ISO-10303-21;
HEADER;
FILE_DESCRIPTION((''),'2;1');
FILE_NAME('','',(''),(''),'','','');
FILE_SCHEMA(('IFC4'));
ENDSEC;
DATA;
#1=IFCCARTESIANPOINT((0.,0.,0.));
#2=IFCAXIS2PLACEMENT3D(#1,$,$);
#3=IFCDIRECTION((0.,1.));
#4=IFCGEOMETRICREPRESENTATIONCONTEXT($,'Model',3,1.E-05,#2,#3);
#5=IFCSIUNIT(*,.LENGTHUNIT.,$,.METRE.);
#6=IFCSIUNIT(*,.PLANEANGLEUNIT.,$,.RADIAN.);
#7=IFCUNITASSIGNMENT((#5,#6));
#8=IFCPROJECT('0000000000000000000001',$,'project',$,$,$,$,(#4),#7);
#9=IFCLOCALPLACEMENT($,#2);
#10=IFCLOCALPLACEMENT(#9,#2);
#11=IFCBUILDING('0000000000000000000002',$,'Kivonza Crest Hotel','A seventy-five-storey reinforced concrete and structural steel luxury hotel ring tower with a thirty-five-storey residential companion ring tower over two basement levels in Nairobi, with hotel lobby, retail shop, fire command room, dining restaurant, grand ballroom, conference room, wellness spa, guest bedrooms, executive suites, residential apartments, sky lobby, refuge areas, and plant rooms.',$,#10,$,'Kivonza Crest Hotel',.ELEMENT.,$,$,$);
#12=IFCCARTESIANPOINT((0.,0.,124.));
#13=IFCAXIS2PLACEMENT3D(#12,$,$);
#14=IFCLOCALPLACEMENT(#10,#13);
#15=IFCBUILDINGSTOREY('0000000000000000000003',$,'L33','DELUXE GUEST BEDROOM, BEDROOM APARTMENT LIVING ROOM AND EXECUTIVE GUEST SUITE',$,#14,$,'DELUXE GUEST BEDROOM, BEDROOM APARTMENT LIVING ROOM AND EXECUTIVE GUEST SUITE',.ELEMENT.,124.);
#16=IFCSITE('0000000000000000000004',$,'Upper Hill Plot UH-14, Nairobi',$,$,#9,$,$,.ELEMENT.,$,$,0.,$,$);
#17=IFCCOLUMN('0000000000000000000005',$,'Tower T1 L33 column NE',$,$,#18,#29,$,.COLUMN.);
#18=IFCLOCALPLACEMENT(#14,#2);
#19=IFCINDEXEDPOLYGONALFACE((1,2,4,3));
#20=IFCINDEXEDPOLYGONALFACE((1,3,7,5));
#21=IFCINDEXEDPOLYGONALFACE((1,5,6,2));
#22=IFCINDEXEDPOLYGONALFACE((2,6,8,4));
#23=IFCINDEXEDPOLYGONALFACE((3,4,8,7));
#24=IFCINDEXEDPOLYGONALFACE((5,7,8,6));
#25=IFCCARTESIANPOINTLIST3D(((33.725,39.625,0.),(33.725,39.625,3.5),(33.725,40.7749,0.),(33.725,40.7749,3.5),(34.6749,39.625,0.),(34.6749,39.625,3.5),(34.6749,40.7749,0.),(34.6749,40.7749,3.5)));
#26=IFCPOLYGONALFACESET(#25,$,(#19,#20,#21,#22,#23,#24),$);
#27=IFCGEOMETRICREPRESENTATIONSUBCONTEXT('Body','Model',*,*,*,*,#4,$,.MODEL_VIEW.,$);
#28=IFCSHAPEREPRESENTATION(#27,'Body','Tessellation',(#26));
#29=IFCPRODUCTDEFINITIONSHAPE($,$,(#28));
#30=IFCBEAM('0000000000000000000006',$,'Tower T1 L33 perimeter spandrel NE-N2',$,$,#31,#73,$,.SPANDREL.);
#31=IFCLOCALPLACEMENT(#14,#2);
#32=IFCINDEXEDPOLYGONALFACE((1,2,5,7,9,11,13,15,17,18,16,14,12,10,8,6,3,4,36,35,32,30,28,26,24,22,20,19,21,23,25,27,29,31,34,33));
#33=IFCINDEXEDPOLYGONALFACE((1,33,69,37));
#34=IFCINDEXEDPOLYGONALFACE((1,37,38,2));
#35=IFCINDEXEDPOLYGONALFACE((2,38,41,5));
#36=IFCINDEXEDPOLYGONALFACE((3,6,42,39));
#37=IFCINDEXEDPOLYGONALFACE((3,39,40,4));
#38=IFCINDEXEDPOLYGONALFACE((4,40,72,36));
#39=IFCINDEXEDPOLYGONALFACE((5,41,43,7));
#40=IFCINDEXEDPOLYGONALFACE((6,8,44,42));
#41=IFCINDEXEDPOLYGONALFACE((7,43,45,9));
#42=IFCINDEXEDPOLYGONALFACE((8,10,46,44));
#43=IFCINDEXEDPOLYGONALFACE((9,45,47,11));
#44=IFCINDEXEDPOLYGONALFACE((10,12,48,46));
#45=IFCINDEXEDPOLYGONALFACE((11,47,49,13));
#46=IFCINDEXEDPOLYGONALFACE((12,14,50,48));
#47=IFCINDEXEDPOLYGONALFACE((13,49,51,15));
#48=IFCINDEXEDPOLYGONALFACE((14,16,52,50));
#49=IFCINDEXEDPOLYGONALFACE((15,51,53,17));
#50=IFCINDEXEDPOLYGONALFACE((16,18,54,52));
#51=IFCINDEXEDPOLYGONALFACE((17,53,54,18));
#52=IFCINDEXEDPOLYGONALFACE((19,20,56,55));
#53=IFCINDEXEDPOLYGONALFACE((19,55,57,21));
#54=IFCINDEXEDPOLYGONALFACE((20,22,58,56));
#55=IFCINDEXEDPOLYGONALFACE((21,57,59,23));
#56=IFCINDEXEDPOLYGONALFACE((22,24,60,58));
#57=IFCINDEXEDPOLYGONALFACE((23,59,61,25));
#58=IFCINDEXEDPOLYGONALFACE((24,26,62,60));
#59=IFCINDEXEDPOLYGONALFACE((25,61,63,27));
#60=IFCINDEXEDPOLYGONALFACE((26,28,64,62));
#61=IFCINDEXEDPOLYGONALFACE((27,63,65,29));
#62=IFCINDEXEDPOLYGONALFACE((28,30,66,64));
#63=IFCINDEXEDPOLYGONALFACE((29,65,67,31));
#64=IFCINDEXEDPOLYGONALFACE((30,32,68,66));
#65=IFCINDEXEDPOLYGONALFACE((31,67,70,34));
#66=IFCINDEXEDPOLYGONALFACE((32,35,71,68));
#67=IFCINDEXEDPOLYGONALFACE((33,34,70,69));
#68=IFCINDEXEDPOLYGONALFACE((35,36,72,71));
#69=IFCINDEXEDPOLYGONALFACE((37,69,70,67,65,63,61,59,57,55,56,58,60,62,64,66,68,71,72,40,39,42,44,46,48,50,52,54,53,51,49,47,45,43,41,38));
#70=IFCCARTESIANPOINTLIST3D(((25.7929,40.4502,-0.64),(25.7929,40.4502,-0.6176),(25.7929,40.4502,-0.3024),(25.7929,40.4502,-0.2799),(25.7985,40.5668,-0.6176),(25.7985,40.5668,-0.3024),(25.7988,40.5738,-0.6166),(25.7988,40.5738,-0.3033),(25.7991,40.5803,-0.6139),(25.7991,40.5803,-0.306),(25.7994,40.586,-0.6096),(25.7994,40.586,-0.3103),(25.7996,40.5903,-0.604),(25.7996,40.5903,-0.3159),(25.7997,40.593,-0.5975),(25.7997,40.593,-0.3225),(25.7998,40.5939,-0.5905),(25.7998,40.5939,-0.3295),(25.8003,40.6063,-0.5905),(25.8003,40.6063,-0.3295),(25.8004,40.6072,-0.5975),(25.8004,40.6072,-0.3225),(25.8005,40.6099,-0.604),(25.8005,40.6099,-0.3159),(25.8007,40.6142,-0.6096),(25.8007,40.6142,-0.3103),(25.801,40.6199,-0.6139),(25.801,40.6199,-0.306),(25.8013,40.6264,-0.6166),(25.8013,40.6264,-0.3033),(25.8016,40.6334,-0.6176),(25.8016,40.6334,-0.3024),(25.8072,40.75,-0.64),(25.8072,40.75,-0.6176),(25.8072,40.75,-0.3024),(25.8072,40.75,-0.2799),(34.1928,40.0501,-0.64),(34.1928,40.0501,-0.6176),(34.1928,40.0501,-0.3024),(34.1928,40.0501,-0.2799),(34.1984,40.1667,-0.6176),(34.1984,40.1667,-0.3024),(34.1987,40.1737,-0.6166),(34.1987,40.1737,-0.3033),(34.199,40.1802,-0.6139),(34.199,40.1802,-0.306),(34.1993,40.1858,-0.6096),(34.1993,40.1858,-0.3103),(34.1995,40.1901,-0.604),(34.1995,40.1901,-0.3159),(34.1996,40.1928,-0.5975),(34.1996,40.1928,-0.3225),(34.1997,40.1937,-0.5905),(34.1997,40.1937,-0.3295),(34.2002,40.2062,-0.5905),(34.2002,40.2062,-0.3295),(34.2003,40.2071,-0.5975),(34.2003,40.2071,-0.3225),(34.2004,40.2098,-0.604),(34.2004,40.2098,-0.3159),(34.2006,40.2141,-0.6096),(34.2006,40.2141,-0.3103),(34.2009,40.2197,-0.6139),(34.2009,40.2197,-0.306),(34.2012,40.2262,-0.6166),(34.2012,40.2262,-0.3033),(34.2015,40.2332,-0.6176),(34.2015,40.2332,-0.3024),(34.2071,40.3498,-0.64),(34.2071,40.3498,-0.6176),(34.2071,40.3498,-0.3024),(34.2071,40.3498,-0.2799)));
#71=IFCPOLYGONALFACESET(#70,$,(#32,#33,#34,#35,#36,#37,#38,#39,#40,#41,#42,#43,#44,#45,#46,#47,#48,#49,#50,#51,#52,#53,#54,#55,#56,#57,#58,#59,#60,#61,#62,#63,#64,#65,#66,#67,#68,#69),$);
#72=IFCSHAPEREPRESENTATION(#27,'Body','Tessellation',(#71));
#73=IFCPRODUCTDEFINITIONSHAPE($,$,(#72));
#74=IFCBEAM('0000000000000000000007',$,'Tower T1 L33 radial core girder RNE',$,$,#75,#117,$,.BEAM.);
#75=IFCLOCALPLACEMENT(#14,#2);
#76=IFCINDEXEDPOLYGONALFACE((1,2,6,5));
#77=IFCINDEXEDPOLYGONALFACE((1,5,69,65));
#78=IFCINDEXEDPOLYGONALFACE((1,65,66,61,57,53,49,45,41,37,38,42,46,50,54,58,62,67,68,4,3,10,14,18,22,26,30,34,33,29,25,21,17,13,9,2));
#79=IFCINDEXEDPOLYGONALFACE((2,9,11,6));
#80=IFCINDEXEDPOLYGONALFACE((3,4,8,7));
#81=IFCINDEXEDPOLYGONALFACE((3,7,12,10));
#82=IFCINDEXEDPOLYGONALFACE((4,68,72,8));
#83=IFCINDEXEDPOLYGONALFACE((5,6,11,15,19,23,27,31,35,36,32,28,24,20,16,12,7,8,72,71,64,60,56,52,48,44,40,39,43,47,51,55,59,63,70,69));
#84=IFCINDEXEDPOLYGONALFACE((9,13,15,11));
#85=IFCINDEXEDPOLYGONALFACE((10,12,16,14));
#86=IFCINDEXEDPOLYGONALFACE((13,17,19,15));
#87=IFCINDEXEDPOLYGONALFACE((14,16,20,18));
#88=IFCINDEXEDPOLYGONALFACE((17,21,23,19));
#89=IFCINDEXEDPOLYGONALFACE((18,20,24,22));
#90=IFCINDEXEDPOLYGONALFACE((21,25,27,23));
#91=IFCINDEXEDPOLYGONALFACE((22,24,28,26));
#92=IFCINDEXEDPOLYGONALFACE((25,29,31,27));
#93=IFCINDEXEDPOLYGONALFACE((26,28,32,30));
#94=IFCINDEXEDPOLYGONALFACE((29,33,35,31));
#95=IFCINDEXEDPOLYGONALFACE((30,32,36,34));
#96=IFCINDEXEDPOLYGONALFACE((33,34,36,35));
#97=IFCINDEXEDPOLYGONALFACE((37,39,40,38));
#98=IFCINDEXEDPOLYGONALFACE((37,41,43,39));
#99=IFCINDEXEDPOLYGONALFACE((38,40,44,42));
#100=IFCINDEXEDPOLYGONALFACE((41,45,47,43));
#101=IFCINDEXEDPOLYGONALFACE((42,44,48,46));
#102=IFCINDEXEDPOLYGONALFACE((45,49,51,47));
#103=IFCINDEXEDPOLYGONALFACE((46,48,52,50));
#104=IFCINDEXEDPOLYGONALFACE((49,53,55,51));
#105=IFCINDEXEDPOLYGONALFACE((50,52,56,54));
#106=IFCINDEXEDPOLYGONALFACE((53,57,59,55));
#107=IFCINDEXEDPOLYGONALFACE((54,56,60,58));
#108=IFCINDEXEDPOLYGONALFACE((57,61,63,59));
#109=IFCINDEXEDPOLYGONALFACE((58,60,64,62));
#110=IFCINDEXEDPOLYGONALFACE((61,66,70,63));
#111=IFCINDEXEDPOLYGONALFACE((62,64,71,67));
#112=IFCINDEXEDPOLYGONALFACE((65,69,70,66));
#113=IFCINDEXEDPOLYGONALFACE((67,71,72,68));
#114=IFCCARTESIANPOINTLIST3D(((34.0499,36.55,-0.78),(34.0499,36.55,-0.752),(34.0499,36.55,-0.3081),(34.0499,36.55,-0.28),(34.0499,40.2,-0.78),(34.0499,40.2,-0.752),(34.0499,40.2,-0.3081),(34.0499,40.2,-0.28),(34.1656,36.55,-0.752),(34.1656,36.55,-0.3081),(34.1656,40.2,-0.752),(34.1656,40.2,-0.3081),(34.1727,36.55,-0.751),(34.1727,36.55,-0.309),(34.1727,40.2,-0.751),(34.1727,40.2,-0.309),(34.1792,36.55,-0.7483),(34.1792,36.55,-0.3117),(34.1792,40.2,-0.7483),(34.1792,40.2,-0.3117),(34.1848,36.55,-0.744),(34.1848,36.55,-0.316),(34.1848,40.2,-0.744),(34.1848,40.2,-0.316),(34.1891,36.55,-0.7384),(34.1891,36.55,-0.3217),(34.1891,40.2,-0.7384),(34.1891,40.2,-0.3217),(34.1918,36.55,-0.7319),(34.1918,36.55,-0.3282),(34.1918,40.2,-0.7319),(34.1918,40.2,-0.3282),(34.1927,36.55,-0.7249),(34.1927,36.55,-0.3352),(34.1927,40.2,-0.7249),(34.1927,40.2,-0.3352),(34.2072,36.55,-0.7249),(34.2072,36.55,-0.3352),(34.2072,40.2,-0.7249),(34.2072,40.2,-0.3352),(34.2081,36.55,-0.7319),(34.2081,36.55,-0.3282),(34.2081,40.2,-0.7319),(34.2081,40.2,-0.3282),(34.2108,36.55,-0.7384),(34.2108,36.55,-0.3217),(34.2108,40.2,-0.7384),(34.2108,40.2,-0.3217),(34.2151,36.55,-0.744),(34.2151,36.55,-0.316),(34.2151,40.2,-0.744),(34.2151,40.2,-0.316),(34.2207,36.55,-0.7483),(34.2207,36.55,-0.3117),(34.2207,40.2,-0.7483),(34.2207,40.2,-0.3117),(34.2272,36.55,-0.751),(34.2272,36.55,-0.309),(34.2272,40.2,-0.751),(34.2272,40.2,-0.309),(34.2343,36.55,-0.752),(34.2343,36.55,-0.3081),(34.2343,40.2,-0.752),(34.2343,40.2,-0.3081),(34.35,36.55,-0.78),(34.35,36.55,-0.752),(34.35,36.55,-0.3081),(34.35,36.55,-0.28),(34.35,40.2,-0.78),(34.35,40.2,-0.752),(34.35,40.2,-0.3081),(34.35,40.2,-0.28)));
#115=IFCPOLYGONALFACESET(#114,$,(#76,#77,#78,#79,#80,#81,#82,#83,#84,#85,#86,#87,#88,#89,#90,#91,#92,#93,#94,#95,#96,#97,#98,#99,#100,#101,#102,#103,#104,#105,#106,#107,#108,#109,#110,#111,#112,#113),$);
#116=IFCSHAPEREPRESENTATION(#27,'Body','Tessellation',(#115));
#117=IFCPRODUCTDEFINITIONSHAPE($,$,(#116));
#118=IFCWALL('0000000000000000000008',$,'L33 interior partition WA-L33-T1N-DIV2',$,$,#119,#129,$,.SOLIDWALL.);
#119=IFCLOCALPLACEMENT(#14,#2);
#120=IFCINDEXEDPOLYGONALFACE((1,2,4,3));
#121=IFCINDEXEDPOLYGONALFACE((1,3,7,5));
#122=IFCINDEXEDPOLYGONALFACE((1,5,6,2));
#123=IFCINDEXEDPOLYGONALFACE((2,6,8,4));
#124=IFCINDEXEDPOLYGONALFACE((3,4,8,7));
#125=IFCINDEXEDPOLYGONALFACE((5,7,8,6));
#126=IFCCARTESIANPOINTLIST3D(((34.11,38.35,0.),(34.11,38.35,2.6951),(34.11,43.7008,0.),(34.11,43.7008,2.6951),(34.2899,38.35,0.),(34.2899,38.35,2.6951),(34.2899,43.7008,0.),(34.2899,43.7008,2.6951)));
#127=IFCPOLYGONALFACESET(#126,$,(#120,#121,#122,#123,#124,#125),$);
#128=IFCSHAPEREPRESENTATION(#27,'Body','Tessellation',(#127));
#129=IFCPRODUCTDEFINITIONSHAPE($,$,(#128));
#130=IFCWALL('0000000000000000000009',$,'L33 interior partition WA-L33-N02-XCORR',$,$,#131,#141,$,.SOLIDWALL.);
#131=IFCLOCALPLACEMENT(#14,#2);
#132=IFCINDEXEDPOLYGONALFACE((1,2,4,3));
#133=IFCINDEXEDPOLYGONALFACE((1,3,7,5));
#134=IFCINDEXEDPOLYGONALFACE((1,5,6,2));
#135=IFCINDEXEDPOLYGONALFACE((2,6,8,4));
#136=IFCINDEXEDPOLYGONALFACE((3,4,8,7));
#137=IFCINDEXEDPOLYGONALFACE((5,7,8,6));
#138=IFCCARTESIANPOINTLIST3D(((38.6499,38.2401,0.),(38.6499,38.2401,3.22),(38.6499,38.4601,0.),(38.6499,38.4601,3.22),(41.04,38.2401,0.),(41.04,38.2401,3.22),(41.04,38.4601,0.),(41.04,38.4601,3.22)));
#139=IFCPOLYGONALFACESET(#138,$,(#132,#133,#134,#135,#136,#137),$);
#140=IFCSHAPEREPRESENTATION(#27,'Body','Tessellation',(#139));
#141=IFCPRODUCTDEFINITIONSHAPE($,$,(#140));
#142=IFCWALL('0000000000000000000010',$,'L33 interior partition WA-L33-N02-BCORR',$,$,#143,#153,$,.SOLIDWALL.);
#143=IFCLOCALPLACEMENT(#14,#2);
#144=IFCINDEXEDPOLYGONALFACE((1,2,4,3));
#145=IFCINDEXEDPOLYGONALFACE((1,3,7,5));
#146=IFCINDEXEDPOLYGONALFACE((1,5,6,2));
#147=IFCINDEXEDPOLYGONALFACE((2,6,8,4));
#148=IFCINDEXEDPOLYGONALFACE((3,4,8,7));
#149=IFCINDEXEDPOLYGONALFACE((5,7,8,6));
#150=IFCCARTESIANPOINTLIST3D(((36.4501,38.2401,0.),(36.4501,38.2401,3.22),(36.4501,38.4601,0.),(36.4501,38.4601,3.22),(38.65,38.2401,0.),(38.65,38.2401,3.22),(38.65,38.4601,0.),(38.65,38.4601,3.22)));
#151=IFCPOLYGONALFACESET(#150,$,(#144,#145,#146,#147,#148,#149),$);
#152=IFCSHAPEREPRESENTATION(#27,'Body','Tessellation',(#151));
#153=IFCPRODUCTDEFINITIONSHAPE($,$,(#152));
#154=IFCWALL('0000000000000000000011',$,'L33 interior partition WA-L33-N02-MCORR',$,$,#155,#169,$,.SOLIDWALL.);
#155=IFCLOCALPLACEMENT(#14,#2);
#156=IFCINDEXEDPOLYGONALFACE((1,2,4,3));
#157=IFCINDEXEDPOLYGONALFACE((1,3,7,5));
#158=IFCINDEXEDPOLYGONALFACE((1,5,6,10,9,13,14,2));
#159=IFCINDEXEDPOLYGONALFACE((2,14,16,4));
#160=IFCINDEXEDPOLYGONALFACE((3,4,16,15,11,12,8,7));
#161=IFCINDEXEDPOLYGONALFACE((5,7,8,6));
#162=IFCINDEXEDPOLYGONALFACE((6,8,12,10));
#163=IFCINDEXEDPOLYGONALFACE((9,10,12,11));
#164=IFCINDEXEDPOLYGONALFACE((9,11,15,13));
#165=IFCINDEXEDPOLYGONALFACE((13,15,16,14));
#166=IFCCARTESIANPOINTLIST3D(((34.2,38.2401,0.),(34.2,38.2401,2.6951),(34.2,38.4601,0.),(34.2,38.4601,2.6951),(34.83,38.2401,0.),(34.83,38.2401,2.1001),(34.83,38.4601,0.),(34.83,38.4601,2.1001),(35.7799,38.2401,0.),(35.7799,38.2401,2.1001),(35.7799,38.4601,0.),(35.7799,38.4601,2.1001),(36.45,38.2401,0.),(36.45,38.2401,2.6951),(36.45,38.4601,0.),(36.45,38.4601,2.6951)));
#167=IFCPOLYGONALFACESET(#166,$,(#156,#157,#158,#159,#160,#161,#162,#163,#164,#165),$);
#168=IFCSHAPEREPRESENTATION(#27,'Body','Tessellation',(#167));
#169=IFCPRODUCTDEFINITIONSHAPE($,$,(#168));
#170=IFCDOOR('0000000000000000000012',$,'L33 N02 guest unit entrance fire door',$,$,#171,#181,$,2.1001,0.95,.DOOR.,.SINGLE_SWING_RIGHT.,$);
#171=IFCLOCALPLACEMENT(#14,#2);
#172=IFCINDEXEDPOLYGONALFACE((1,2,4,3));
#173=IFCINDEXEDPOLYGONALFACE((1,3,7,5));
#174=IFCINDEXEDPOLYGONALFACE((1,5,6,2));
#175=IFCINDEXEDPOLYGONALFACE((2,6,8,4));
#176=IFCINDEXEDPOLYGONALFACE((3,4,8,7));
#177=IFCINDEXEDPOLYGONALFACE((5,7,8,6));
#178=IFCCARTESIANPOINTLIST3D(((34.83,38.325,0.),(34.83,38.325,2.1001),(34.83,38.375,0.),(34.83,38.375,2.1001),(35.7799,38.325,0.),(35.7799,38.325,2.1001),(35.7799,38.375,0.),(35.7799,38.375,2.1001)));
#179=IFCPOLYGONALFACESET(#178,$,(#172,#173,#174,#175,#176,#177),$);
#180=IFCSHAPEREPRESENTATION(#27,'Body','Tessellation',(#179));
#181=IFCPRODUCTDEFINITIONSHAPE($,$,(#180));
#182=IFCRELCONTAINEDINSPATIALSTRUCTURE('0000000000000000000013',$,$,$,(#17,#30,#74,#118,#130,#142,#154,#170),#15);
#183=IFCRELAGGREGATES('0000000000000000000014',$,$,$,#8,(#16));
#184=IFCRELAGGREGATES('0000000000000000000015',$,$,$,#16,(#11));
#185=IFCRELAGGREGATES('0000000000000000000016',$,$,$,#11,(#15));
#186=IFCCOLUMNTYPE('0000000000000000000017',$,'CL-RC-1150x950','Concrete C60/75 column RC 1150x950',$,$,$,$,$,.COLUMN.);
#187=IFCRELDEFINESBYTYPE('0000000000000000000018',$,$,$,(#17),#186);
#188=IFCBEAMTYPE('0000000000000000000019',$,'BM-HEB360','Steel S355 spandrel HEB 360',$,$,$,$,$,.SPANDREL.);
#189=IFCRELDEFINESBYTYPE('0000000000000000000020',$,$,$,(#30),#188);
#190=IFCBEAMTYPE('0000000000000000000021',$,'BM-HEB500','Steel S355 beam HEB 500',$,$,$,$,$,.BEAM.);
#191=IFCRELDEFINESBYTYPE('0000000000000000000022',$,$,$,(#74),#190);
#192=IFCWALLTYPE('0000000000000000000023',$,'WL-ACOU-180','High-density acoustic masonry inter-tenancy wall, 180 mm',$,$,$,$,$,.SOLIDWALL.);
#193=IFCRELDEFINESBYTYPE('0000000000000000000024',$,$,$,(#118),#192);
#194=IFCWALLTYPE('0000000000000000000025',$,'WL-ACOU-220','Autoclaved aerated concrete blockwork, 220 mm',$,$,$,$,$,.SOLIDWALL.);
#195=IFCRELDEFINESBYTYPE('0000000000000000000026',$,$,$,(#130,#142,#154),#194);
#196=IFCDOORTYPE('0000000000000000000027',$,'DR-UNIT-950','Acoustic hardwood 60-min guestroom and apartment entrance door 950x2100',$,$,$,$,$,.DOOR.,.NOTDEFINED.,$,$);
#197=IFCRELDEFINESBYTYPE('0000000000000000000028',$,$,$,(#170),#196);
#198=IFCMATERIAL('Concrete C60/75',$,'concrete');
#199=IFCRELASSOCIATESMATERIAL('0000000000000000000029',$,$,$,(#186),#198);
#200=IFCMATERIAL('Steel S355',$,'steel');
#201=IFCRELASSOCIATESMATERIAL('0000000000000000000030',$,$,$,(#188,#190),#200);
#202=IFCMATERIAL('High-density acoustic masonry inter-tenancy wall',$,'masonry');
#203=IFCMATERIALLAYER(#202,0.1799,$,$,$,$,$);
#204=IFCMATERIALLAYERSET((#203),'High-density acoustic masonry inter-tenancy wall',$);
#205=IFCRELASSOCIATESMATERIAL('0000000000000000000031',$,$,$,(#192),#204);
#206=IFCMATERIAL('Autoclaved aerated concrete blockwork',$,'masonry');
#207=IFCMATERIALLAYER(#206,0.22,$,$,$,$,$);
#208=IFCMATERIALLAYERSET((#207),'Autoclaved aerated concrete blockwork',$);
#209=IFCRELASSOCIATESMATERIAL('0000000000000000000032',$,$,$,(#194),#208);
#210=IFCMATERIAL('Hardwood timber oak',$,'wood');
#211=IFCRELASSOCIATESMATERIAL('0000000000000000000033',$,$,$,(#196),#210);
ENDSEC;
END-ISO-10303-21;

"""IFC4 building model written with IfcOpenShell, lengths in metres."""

from ifc_helpers import new_model, si_unit, direction, frame, frame_2d, origin, origin_2d, place, context, subcontext, project, spatial, rectangle, i_section, extrude, material, layer, layer_set, material_profile, profile_set, type_object, element, fill, save


model = new_model("IFC4")

# Units and contexts
model_context = context("Model", 3, precision=1e-05, world=origin(), true_north=direction((0.0, 1.0)))
body_context = subcontext(model_context, "Body", "Model", "MODEL_VIEW")
ifc_project = project(units=[si_unit("LENGTHUNIT", "METRE"), si_unit("PLANEANGLEUNIT", "RADIAN")], contexts=[model_context])

# Site, building, storey
site_placement = place(None, origin())
site = spatial("IfcSite", under=ifc_project, at=site_placement, Name="Upper Hill Plot UH-14, Nairobi", CompositionType="ELEMENT", RefElevation=0.0)
building_placement = place(site_placement, origin())
building = spatial("IfcBuilding", under=site, at=building_placement, Name="Kivonza Crest Hotel", Description="A seventy-five-storey reinforced concrete and structural steel luxury hotel ring tower with a thirty-five-storey residential companion ring tower over two basement levels in Nairobi, with hotel lobby, retail shop, fire command room, dining restaurant, grand ballroom, conference room, wellness spa, guest bedrooms, executive suites, residential apartments, sky lobby, refuge areas, and plant rooms.", LongName="Kivonza Crest Hotel", CompositionType="ELEMENT")
storey_placement = place(building_placement, frame((0.0, 0.0, 124.0)))
storey = spatial("IfcBuildingStorey", under=building, at=storey_placement, Name="L33", Description="DELUXE GUEST BEDROOM, BEDROOM APARTMENT LIVING ROOM AND EXECUTIVE GUEST SUITE", LongName="DELUXE GUEST BEDROOM, BEDROOM APARTMENT LIVING ROOM AND EXECUTIVE GUEST SUITE", CompositionType="ELEMENT", Elevation=124.0)

# Column
ifc_material_1 = material(Name="Concrete C60/75", Category="concrete")
ifc_material_profile_1 = material_profile(ifc_material_1, rectangle(XDim=0.95, YDim=1.1499, at=origin_2d()), Name="RC 1150x950")
ifc_profile_set_1 = profile_set([ifc_material_profile_1], Name="Concrete C60/75")
column_type = type_object("IfcColumnType", Name="CL-RC-1150x950", Description="Concrete C60/75 column RC 1150x950", PredefinedType="COLUMN", material=ifc_profile_set_1)
column_placement = place(storey_placement, frame((34.2, 40.2, 0.0), z_axis=(0.0, 0.0, 1.0), x_axis=(1.0, 0.0, 0.0)))
element("IfcColumn", 1, at=column_placement, inside=storey, type_object=column_type, Name="Tower T1 L33 column NE", PredefinedType="COLUMN", context=body_context, shape_type="SweptSolid", body=[
    extrude(rectangle(XDim=0.95, YDim=1.1499, at=origin_2d()), origin(), (0.0, 0.0, 1.0), 3.5),
])

# Beams
ifc_material_2 = material(Name="Steel S355", Category="steel")
ifc_material_profile_2 = material_profile(ifc_material_2, i_section(OverallWidth=0.3, OverallDepth=0.3601, WebThickness=0.0125, FlangeThickness=0.0225, FilletRadius=0.0271, at=origin_2d()), Name="HEB 360")
ifc_profile_set_2 = profile_set([ifc_material_profile_2], Name="Steel S355")
beam_type_1 = type_object("IfcBeamType", Name="BM-HEB360", Description="Steel S355 spandrel HEB 360", PredefinedType="SPANDREL", material=ifc_profile_set_2)
beam_1_placement = place(storey_placement, frame((34.2, 40.2, -0.46), z_axis=(-0.998867, 0.047583, 0.0), x_axis=(-0.047583, -0.998867, 0.0)))
element("IfcBeam", 2, at=beam_1_placement, inside=storey, type_object=beam_type_1, Name="Tower T1 L33 perimeter spandrel NE-N2", PredefinedType="SPANDREL", context=body_context, shape_type="SweptSolid", body=[
    extrude(i_section(OverallWidth=0.3, OverallDepth=0.3601, WebThickness=0.0125, FlangeThickness=0.0225, FilletRadius=0.0271, at=origin_2d()), origin(), (0.0, 0.0, 1.0), 8.4094),
])
ifc_material_profile_3 = material_profile(ifc_material_2, i_section(OverallWidth=0.3, OverallDepth=0.5, WebThickness=0.0144, FlangeThickness=0.0281, FilletRadius=0.0271, at=origin_2d()), Name="HEB 500")
ifc_profile_set_3 = profile_set([ifc_material_profile_3], Name="Steel S355")
beam_type_2 = type_object("IfcBeamType", Name="BM-HEB500", Description="Steel S355 beam HEB 500", PredefinedType="BEAM", material=ifc_profile_set_3)
beam_2_placement = place(storey_placement, frame((34.2, 40.2, -0.53), z_axis=(0.0, -1.0, 0.0), x_axis=(1.0, 0.0, 0.0)))
element("IfcBeam", 3, at=beam_2_placement, inside=storey, type_object=beam_type_2, Name="Tower T1 L33 radial core girder RNE", PredefinedType="BEAM", context=body_context, shape_type="SweptSolid", body=[
    extrude(i_section(OverallWidth=0.3, OverallDepth=0.5, WebThickness=0.0144, FlangeThickness=0.0281, FilletRadius=0.0271, at=origin_2d()), origin(), (0.0, 0.0, 1.0), 3.6499),
])

# Walls
ifc_material_3 = material(Name="High-density acoustic masonry inter-tenancy wall", Category="masonry")
ifc_layer_1 = layer(ifc_material_3, 0.1799)
ifc_layer_set_1 = layer_set([ifc_layer_1], Name="High-density acoustic masonry inter-tenancy wall")
wall_type_1 = type_object("IfcWallType", Name="WL-ACOU-180", Description="High-density acoustic masonry inter-tenancy wall, 180 mm", PredefinedType="SOLIDWALL", material=ifc_layer_set_1)
wall_1_placement = place(storey_placement, frame((34.2, 38.3501, 0.0), z_axis=(0.0, 0.0, 1.0), x_axis=(0.0, 1.0, 0.0)))
element("IfcWall", 4, at=wall_1_placement, inside=storey, type_object=wall_type_1, Name="L33 interior partition WA-L33-T1N-DIV2", PredefinedType="SOLIDWALL", context=body_context, shape_type="SweptSolid", body=[
    extrude(rectangle(XDim=5.3508, YDim=0.1799, at=frame_2d((2.6753, 0.0))), origin(), (0.0, 0.0, 1.0), 2.6951),
])
ifc_material_4 = material(Name="Autoclaved aerated concrete blockwork", Category="masonry")
ifc_layer_2 = layer(ifc_material_4, 0.22)
ifc_layer_set_2 = layer_set([ifc_layer_2], Name="Autoclaved aerated concrete blockwork")
wall_type_2 = type_object("IfcWallType", Name="WL-ACOU-220", Description="Autoclaved aerated concrete blockwork, 220 mm", PredefinedType="SOLIDWALL", material=ifc_layer_set_2)
wall_2_placement = place(storey_placement, frame((38.6499, 38.3501, 0.0), z_axis=(0.0, 0.0, 1.0), x_axis=(1.0, 0.0, 0.0)))
element("IfcWall", 5, at=wall_2_placement, inside=storey, type_object=wall_type_2, Name="L33 interior partition WA-L33-N02-XCORR", PredefinedType="SOLIDWALL", context=body_context, shape_type="SweptSolid", body=[
    extrude(rectangle(XDim=2.3901, YDim=0.22, at=frame_2d((1.1951, 0.0))), origin(), (0.0, 0.0, 1.0), 3.22),
])
wall_3_placement = place(storey_placement, frame((36.45, 38.3501, 0.0), z_axis=(0.0, 0.0, 1.0), x_axis=(1.0, 0.0, 0.0)))
element("IfcWall", 6, at=wall_3_placement, inside=storey, type_object=wall_type_2, Name="L33 interior partition WA-L33-N02-BCORR", PredefinedType="SOLIDWALL", context=body_context, shape_type="SweptSolid", body=[
    extrude(rectangle(XDim=2.2, YDim=0.22, at=frame_2d((1.1001, 0.0))), origin(), (0.0, 0.0, 1.0), 3.22),
])

# Wall, opening, door
wall_4_placement = place(storey_placement, frame((34.2, 38.3501, 0.0), z_axis=(0.0, 0.0, 1.0), x_axis=(1.0, 0.0, 0.0)))
wall_4 = element("IfcWall", 7, at=wall_4_placement, inside=storey, type_object=wall_type_2, Name="L33 interior partition WA-L33-N02-MCORR", PredefinedType="SOLIDWALL", context=body_context, shape_type="SweptSolid", body=[
    extrude(rectangle(XDim=2.25, YDim=0.22, at=frame_2d((1.125, 0.0))), origin(), (0.0, 0.0, 1.0), 2.6951),
])
opening_1_placement = place(wall_4_placement, frame((0.6299, 0.0, 0.0)))
opening_1 = element("IfcOpeningElement", 8, at=opening_1_placement, cuts=wall_4, PredefinedType="OPENING", context=body_context, shape_type="SweptSolid", body=[
    extrude(rectangle(XDim=0.95, YDim=2.1001, at=frame_2d((0.4751, 1.05))), frame((0.0, 0.1201, 0.0), z_axis=(0.0, -1.0, 0.0), x_axis=(1.0, 0.0, 0.0)), (0.0, 0.0, 1.0), 0.24),
])
ifc_material_5 = material(Name="Hardwood timber oak", Category="wood")
door_type_1 = type_object("IfcDoorType", Name="DR-UNIT-950", Description="Acoustic hardwood 60-min guestroom and apartment entrance door 950x2100", OperationType="NOTDEFINED", PredefinedType="DOOR", material=ifc_material_5)
door_1_placement = place(opening_1_placement, origin())
door_1 = element("IfcDoor", 9, at=door_1_placement, inside=storey, type_object=door_type_1, Name="L33 N02 guest unit entrance fire door", OperationType="SINGLE_SWING_RIGHT", OverallHeight=2.1001, OverallWidth=0.95, PredefinedType="DOOR", context=body_context, shape_type="SweptSolid", body=[
    extrude(rectangle(XDim=0.95, YDim=2.1001, at=frame_2d((0.4751, 1.05))), frame((0.0, 0.0249, 0.0), z_axis=(0.0, -1.0, 0.0), x_axis=(1.0, 0.0, 0.0)), (0.0, 0.0, 1.0), 0.05),
])
fill(opening_1, door_1)

save(model, "model.ifc")
